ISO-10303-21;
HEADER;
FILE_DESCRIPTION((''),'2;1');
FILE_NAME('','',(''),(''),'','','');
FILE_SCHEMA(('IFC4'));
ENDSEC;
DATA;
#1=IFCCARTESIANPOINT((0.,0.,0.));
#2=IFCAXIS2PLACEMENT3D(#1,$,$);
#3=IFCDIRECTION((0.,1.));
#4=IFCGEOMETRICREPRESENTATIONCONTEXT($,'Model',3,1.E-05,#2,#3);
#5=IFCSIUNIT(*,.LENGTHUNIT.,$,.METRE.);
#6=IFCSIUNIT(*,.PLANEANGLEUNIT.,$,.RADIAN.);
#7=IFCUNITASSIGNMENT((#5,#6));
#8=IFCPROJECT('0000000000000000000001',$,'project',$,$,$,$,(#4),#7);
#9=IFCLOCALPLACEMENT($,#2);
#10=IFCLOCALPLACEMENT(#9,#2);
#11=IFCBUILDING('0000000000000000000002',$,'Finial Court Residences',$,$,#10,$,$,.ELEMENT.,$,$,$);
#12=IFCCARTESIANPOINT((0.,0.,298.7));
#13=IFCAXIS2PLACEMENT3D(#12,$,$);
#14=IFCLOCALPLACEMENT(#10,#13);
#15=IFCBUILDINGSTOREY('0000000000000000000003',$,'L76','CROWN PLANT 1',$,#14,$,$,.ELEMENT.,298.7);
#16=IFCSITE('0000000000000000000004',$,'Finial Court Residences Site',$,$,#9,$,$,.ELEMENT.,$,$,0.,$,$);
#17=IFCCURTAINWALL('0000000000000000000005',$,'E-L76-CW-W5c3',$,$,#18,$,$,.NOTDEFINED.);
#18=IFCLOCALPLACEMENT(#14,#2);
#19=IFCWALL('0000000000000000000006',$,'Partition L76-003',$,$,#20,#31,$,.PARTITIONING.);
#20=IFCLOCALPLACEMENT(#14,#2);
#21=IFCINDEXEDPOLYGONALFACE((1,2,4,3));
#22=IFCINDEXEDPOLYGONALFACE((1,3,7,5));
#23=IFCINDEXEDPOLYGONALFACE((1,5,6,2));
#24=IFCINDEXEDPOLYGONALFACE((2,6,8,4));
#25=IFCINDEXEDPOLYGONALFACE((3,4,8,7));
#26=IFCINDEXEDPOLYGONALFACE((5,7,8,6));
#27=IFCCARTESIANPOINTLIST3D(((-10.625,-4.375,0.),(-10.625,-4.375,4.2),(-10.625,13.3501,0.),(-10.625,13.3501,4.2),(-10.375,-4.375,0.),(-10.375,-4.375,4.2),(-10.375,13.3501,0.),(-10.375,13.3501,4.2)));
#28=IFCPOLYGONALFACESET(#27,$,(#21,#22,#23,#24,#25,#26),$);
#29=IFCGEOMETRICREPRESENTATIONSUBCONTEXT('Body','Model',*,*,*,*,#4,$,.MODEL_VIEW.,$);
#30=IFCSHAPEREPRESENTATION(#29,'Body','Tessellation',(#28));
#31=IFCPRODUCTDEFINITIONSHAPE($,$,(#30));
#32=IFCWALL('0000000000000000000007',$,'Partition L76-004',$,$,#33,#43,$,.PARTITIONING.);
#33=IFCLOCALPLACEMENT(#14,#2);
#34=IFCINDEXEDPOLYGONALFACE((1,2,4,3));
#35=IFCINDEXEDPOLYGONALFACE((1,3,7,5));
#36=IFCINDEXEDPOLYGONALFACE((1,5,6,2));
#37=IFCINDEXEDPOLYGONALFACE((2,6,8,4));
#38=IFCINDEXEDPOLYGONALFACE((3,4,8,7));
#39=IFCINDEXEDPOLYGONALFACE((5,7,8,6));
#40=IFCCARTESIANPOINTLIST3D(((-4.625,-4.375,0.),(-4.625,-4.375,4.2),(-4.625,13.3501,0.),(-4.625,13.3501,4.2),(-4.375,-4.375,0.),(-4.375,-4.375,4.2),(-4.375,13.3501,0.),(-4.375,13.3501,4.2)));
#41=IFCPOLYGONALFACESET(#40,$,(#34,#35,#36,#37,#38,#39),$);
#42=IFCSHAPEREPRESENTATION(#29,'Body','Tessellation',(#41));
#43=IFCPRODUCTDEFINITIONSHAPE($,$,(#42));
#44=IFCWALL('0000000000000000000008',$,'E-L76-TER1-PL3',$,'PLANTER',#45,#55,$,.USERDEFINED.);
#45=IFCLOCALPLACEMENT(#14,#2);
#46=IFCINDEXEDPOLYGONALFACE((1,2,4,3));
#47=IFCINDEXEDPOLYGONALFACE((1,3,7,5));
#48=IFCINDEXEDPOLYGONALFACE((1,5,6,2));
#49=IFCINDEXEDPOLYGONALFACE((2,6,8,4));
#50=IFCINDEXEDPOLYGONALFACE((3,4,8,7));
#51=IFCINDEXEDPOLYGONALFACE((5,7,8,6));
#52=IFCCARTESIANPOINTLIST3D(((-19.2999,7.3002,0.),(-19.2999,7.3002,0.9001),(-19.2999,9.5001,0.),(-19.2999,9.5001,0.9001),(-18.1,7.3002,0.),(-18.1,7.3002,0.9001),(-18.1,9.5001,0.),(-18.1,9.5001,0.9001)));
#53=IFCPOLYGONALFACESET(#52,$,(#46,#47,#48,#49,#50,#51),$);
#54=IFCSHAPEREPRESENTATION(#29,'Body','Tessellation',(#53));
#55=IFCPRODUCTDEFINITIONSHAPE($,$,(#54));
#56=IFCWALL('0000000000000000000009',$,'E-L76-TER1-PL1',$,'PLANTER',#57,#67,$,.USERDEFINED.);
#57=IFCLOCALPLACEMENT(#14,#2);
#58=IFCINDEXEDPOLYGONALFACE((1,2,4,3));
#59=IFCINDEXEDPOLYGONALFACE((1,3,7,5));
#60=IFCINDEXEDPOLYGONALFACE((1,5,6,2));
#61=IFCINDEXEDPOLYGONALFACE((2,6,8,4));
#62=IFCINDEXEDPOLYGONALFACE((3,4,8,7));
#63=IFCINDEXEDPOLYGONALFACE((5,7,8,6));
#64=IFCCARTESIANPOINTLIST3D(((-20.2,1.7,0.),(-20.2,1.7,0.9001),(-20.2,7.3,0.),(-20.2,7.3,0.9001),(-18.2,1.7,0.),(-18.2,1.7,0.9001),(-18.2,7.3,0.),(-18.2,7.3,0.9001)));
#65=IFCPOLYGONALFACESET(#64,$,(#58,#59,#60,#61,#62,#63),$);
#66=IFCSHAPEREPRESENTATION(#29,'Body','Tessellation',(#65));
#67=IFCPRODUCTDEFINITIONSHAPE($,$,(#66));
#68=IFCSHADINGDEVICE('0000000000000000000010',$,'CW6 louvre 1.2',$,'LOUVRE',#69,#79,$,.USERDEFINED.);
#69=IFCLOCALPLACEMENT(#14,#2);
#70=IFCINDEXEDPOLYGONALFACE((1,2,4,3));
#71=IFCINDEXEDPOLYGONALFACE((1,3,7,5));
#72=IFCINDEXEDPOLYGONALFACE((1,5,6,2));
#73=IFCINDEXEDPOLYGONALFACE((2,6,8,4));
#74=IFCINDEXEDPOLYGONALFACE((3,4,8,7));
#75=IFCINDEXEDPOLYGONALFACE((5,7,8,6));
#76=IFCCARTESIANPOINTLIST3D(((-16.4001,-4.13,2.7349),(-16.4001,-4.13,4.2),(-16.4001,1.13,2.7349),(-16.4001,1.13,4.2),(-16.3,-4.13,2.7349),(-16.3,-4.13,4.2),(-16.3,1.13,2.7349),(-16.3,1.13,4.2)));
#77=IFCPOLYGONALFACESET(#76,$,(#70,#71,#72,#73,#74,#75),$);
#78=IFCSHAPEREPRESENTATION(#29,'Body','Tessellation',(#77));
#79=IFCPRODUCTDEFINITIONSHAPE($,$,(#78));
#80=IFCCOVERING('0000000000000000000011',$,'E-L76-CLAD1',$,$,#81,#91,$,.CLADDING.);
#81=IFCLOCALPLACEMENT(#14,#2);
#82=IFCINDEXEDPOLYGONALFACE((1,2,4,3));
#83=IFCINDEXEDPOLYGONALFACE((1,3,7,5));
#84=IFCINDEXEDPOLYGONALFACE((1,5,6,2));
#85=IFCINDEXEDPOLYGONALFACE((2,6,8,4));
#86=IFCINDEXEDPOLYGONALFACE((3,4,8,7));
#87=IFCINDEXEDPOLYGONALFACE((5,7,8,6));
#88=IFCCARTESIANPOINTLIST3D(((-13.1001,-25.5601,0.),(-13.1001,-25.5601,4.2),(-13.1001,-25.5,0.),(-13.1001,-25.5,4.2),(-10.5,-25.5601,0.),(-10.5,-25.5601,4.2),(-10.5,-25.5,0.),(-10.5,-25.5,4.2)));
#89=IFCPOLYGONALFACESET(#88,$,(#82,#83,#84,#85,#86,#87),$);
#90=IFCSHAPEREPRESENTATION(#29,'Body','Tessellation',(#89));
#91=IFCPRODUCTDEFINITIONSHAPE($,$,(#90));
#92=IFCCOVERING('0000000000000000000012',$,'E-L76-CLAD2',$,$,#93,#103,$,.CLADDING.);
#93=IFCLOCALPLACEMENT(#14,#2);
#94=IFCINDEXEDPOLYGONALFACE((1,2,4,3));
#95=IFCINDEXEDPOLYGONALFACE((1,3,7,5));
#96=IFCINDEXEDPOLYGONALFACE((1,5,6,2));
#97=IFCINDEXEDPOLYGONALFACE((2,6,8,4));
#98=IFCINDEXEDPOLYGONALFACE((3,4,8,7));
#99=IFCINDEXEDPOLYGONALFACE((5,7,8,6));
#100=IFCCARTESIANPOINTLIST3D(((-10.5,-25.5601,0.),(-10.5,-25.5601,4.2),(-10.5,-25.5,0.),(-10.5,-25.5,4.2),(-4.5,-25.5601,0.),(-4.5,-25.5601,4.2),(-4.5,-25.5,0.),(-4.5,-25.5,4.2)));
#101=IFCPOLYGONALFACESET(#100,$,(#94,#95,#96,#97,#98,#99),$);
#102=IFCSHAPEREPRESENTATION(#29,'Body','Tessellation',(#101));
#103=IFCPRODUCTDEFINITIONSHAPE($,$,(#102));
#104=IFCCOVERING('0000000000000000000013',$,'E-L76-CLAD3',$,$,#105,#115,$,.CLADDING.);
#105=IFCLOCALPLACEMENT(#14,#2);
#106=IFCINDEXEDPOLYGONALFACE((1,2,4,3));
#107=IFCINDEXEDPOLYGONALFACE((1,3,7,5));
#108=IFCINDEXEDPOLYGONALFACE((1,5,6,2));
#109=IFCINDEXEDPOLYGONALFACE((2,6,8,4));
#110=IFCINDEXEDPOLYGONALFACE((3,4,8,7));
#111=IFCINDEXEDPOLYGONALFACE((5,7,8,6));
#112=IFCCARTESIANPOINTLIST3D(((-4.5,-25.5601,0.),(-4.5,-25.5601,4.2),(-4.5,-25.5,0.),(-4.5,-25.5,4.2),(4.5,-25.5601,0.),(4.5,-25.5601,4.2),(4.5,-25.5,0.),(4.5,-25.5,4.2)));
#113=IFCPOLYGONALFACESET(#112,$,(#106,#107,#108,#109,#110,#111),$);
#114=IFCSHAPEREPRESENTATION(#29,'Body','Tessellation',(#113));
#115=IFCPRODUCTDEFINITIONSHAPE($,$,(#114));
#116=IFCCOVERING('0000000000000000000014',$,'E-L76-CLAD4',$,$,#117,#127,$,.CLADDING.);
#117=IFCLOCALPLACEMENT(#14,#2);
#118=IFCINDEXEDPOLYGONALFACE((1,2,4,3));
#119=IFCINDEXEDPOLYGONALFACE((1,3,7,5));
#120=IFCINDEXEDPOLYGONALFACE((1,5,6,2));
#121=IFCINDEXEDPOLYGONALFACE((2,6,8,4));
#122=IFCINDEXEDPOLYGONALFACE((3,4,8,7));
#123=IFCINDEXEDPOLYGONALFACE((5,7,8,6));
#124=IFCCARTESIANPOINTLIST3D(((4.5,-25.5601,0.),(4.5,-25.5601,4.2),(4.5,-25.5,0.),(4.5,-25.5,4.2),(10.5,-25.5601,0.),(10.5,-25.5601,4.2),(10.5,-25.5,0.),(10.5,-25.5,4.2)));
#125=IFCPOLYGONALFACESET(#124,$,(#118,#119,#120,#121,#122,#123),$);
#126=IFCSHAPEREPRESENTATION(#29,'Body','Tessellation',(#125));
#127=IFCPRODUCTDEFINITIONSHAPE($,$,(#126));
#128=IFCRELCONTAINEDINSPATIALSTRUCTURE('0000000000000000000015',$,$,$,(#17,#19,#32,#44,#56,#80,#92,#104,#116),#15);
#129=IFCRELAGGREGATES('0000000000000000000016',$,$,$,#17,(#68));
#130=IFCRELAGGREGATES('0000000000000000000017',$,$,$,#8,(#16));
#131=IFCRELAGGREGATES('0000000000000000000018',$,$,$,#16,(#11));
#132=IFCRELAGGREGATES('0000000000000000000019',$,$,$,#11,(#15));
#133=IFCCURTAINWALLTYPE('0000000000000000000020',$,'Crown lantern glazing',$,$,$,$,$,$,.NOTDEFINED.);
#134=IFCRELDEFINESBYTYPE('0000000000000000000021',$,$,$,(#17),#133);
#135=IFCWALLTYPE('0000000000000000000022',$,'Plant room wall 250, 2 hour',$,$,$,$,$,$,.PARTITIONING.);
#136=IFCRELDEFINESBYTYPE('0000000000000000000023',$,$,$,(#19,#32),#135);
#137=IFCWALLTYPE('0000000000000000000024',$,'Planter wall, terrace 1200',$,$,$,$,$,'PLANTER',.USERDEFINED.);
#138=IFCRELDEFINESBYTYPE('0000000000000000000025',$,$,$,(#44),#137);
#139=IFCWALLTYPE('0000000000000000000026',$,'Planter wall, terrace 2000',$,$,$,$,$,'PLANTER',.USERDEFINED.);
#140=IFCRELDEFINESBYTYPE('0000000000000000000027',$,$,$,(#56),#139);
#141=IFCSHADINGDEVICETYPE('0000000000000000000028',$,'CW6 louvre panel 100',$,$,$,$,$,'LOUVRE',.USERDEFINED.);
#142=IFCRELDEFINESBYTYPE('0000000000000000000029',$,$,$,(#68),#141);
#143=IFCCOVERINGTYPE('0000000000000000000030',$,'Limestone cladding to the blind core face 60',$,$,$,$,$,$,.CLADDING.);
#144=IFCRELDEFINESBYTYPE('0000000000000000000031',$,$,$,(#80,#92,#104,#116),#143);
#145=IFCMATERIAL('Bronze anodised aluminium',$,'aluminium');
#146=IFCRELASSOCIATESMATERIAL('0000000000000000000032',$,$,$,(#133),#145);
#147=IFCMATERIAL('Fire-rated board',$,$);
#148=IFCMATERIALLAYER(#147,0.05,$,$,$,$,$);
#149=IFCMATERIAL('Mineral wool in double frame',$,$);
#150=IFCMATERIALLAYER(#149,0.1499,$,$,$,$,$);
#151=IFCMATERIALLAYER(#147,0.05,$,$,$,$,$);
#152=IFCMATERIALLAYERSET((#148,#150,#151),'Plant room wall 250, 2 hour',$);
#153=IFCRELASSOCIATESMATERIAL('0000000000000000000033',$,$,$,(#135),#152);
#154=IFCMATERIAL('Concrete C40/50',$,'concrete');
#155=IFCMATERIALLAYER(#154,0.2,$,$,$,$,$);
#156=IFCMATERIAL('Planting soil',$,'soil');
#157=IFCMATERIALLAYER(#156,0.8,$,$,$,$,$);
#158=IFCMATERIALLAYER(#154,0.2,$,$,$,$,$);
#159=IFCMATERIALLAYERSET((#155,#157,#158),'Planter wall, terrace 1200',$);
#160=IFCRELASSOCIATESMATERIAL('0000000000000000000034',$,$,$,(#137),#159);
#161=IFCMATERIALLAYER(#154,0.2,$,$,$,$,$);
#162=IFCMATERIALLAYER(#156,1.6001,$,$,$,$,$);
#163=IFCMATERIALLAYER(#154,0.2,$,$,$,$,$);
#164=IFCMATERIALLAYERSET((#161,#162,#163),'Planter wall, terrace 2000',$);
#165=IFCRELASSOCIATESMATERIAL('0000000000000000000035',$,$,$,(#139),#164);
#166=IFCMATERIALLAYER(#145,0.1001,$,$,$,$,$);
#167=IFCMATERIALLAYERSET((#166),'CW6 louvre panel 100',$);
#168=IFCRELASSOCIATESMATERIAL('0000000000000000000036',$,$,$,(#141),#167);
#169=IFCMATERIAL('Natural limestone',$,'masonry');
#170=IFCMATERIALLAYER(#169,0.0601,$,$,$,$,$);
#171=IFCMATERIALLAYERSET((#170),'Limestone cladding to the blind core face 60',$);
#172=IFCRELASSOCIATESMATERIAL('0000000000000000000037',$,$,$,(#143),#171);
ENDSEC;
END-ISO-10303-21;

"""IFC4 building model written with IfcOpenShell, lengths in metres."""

from ifc_helpers import new_model, si_unit, direction, frame, frame_2d, origin, origin_2d, place, context, subcontext, project, spatial, polyline, rectangle, outline, extrude, material, layer, layer_set, type_object, element, aggregate, save


model = new_model("IFC4")

# Units and contexts
model_context = context("Model", 3, precision=1e-05, world=origin(), true_north=direction((0.0, 1.0)))
body_context = subcontext(model_context, "Body", "Model", "MODEL_VIEW")
ifc_project = project(units=[si_unit("LENGTHUNIT", "METRE"), si_unit("PLANEANGLEUNIT", "RADIAN")], contexts=[model_context])

# Site, building, storey
site_placement = place(None, origin())
site = spatial("IfcSite", under=ifc_project, at=site_placement, Name="Finial Court Residences Site", CompositionType="ELEMENT", RefElevation=0.0)
building_placement = place(site_placement, origin())
building = spatial("IfcBuilding", under=site, at=building_placement, Name="Finial Court Residences", CompositionType="ELEMENT")
storey_placement = place(building_placement, frame((0.0, 0.0, 298.7)))
storey = spatial("IfcBuildingStorey", under=building, at=storey_placement, Name="L76", Description="CROWN PLANT 1", CompositionType="ELEMENT", Elevation=298.7)

# Shared definitions
ifc_material_1 = material(Name="Concrete C40/50", Category="concrete")

# Curtain wall
ifc_material_2 = material(Name="Bronze anodised aluminium", Category="aluminium")
curtain_wall_type = type_object("IfcCurtainWallType", Name="Crown lantern glazing", PredefinedType="NOTDEFINED", material=ifc_material_2)
curtain_wall_placement = place(storey_placement, origin())
curtain_wall = element("IfcCurtainWall", 1, at=curtain_wall_placement, inside=storey, type_object=curtain_wall_type, Name="E-L76-CW-W5c3", PredefinedType="NOTDEFINED")

# Shared definitions
ifc_material_3 = material(Name="Natural limestone", Category="masonry")

# Shared definitions
ifc_material_4 = material(Name="Fire-rated board")
ifc_layer_1 = layer(ifc_material_4, 0.05)
ifc_material_5 = material(Name="Mineral wool in double frame")
ifc_layer_2 = layer(ifc_material_5, 0.1499)
ifc_layer_3 = layer(ifc_material_4, 0.05)
ifc_layer_set_1 = layer_set([ifc_layer_1, ifc_layer_2, ifc_layer_3], Name="Plant room wall 250, 2 hour")
wall_type_1 = type_object("IfcWallType", Name="Plant room wall 250, 2 hour", PredefinedType="PARTITIONING", material=ifc_layer_set_1)

# Walls
for number, where, z_axis, x_axis, name in (
    (2, (-10.5, -4.375, 0.0), (0.0, 0.0, 1.0), (0.0, 1.0, 0.0), "Partition L76-003"),
    (3, (-4.5, -4.375, 0.0), (0.0, 0.0, 1.0), (0.0, 1.0, 0.0), "Partition L76-004"),
):
    element("IfcWall", number, at=place(storey_placement, frame(where, z_axis=z_axis, x_axis=x_axis)), inside=storey, type_object=wall_type_1, Name=name, PredefinedType="PARTITIONING", context=body_context, shape_type="SweptSolid", body=[
        extrude(rectangle(XDim=17.7251, YDim=0.25, at=frame_2d((8.8625, 0.0))), origin(), (0.0, 0.0, 1.0), 4.2),
    ])
ifc_layer_4 = layer(ifc_material_1, 0.2)
ifc_material_6 = material(Name="Planting soil", Category="soil")
ifc_layer_5 = layer(ifc_material_6, 0.8)
ifc_layer_6 = layer(ifc_material_1, 0.2)
ifc_layer_set_2 = layer_set([ifc_layer_4, ifc_layer_5, ifc_layer_6], Name="Planter wall, terrace 1200")
wall_type_2 = type_object("IfcWallType", Name="Planter wall, terrace 1200", ElementType="PLANTER", PredefinedType="USERDEFINED", material=ifc_layer_set_2)
wall_1_placement = place(storey_placement, frame((-18.7, 7.3, 0.0), z_axis=(0.0, 0.0, 1.0), x_axis=(0.0, 1.0, 0.0)))
element("IfcWall", 4, at=wall_1_placement, inside=storey, type_object=wall_type_2, Name="E-L76-TER1-PL3", ObjectType="PLANTER", PredefinedType="USERDEFINED", context=body_context, shape_type="SweptSolid", body=[
    extrude(rectangle(XDim=2.2, YDim=1.2, at=frame_2d((1.1001, 0.0))), origin(), (0.0, 0.0, 1.0), 0.9001),
])
ifc_layer_7 = layer(ifc_material_1, 0.2)
ifc_layer_8 = layer(ifc_material_6, 1.6001)
ifc_layer_9 = layer(ifc_material_1, 0.2)
ifc_layer_set_3 = layer_set([ifc_layer_7, ifc_layer_8, ifc_layer_9], Name="Planter wall, terrace 2000")
wall_type_3 = type_object("IfcWallType", Name="Planter wall, terrace 2000", ElementType="PLANTER", PredefinedType="USERDEFINED", material=ifc_layer_set_3)
wall_2_placement = place(storey_placement, frame((-19.2, 1.7, 0.0), z_axis=(0.0, 0.0, 1.0), x_axis=(0.0, 1.0, 0.0)))
element("IfcWall", 5, at=wall_2_placement, inside=storey, type_object=wall_type_3, Name="E-L76-TER1-PL1", ObjectType="PLANTER", PredefinedType="USERDEFINED", context=body_context, shape_type="SweptSolid", body=[
    extrude(rectangle(XDim=5.6001, YDim=2.0, at=frame_2d((2.8, 0.0))), origin(), (0.0, 0.0, 1.0), 0.9001),
])

# Shading device
ifc_layer_10 = layer(ifc_material_2, 0.1001)
ifc_layer_set_4 = layer_set([ifc_layer_10], Name="CW6 louvre panel 100")
shading_device_type = type_object("IfcShadingDeviceType", Name="CW6 louvre panel 100", ElementType="LOUVRE", PredefinedType="USERDEFINED", material=ifc_layer_set_4)
shading_device_placement = place(storey_placement, frame((-16.3501, -1.5, 2.7349), z_axis=(0.0, 0.0, 1.0), x_axis=(0.0, 1.0, 0.0)))
shading_device = element("IfcShadingDevice", 6, at=shading_device_placement, type_object=shading_device_type, Name="CW6 louvre 1.2", ObjectType="LOUVRE", PredefinedType="USERDEFINED", context=body_context, shape_type="SweptSolid", body=[
    extrude(rectangle(XDim=5.26, YDim=0.1001, at=origin_2d()), origin(), (0.0, 0.0, 1.0), 1.4651),
])
aggregate(curtain_wall, [shading_device])

# Coverings
ifc_layer_11 = layer(ifc_material_3, 0.0601)
ifc_layer_set_5 = layer_set([ifc_layer_11], Name="Limestone cladding to the blind core face 60")
covering_type = type_object("IfcCoveringType", Name="Limestone cladding to the blind core face 60", PredefinedType="CLADDING", material=ifc_layer_set_5)
covering_1_placement = place(storey_placement, origin())
element("IfcCovering", 7, at=covering_1_placement, inside=storey, type_object=covering_type, Name="E-L76-CLAD1", PredefinedType="CLADDING", context=body_context, shape_type="SweptSolid", body=[
    extrude(outline(polyline([(-10.5, -25.5601), (-10.5, -25.5), (-13.1001, -25.5), (-13.1001, -25.5601), (-10.5, -25.5601)])), origin(), (0.0, 0.0, 1.0), 4.2),
])
covering_2_placement = place(storey_placement, origin())
element("IfcCovering", 8, at=covering_2_placement, inside=storey, type_object=covering_type, Name="E-L76-CLAD2", PredefinedType="CLADDING", context=body_context, shape_type="SweptSolid", body=[
    extrude(outline(polyline([(-4.5, -25.5601), (-4.5, -25.5), (-10.5, -25.5), (-10.5, -25.5601), (-4.5, -25.5601)])), origin(), (0.0, 0.0, 1.0), 4.2),
])
covering_3_placement = place(storey_placement, origin())
element("IfcCovering", 9, at=covering_3_placement, inside=storey, type_object=covering_type, Name="E-L76-CLAD3", PredefinedType="CLADDING", context=body_context, shape_type="SweptSolid", body=[
    extrude(outline(polyline([(4.5, -25.5601), (4.5, -25.5), (-4.5, -25.5), (-4.5, -25.5601), (4.5, -25.5601)])), origin(), (0.0, 0.0, 1.0), 4.2),
])
covering_4_placement = place(storey_placement, origin())
element("IfcCovering", 10, at=covering_4_placement, inside=storey, type_object=covering_type, Name="E-L76-CLAD4", PredefinedType="CLADDING", context=body_context, shape_type="SweptSolid", body=[
    extrude(outline(polyline([(10.5, -25.5601), (10.5, -25.5), (4.5, -25.5), (4.5, -25.5601), (10.5, -25.5601)])), origin(), (0.0, 0.0, 1.0), 4.2),
])

save(model, "model.ifc")
